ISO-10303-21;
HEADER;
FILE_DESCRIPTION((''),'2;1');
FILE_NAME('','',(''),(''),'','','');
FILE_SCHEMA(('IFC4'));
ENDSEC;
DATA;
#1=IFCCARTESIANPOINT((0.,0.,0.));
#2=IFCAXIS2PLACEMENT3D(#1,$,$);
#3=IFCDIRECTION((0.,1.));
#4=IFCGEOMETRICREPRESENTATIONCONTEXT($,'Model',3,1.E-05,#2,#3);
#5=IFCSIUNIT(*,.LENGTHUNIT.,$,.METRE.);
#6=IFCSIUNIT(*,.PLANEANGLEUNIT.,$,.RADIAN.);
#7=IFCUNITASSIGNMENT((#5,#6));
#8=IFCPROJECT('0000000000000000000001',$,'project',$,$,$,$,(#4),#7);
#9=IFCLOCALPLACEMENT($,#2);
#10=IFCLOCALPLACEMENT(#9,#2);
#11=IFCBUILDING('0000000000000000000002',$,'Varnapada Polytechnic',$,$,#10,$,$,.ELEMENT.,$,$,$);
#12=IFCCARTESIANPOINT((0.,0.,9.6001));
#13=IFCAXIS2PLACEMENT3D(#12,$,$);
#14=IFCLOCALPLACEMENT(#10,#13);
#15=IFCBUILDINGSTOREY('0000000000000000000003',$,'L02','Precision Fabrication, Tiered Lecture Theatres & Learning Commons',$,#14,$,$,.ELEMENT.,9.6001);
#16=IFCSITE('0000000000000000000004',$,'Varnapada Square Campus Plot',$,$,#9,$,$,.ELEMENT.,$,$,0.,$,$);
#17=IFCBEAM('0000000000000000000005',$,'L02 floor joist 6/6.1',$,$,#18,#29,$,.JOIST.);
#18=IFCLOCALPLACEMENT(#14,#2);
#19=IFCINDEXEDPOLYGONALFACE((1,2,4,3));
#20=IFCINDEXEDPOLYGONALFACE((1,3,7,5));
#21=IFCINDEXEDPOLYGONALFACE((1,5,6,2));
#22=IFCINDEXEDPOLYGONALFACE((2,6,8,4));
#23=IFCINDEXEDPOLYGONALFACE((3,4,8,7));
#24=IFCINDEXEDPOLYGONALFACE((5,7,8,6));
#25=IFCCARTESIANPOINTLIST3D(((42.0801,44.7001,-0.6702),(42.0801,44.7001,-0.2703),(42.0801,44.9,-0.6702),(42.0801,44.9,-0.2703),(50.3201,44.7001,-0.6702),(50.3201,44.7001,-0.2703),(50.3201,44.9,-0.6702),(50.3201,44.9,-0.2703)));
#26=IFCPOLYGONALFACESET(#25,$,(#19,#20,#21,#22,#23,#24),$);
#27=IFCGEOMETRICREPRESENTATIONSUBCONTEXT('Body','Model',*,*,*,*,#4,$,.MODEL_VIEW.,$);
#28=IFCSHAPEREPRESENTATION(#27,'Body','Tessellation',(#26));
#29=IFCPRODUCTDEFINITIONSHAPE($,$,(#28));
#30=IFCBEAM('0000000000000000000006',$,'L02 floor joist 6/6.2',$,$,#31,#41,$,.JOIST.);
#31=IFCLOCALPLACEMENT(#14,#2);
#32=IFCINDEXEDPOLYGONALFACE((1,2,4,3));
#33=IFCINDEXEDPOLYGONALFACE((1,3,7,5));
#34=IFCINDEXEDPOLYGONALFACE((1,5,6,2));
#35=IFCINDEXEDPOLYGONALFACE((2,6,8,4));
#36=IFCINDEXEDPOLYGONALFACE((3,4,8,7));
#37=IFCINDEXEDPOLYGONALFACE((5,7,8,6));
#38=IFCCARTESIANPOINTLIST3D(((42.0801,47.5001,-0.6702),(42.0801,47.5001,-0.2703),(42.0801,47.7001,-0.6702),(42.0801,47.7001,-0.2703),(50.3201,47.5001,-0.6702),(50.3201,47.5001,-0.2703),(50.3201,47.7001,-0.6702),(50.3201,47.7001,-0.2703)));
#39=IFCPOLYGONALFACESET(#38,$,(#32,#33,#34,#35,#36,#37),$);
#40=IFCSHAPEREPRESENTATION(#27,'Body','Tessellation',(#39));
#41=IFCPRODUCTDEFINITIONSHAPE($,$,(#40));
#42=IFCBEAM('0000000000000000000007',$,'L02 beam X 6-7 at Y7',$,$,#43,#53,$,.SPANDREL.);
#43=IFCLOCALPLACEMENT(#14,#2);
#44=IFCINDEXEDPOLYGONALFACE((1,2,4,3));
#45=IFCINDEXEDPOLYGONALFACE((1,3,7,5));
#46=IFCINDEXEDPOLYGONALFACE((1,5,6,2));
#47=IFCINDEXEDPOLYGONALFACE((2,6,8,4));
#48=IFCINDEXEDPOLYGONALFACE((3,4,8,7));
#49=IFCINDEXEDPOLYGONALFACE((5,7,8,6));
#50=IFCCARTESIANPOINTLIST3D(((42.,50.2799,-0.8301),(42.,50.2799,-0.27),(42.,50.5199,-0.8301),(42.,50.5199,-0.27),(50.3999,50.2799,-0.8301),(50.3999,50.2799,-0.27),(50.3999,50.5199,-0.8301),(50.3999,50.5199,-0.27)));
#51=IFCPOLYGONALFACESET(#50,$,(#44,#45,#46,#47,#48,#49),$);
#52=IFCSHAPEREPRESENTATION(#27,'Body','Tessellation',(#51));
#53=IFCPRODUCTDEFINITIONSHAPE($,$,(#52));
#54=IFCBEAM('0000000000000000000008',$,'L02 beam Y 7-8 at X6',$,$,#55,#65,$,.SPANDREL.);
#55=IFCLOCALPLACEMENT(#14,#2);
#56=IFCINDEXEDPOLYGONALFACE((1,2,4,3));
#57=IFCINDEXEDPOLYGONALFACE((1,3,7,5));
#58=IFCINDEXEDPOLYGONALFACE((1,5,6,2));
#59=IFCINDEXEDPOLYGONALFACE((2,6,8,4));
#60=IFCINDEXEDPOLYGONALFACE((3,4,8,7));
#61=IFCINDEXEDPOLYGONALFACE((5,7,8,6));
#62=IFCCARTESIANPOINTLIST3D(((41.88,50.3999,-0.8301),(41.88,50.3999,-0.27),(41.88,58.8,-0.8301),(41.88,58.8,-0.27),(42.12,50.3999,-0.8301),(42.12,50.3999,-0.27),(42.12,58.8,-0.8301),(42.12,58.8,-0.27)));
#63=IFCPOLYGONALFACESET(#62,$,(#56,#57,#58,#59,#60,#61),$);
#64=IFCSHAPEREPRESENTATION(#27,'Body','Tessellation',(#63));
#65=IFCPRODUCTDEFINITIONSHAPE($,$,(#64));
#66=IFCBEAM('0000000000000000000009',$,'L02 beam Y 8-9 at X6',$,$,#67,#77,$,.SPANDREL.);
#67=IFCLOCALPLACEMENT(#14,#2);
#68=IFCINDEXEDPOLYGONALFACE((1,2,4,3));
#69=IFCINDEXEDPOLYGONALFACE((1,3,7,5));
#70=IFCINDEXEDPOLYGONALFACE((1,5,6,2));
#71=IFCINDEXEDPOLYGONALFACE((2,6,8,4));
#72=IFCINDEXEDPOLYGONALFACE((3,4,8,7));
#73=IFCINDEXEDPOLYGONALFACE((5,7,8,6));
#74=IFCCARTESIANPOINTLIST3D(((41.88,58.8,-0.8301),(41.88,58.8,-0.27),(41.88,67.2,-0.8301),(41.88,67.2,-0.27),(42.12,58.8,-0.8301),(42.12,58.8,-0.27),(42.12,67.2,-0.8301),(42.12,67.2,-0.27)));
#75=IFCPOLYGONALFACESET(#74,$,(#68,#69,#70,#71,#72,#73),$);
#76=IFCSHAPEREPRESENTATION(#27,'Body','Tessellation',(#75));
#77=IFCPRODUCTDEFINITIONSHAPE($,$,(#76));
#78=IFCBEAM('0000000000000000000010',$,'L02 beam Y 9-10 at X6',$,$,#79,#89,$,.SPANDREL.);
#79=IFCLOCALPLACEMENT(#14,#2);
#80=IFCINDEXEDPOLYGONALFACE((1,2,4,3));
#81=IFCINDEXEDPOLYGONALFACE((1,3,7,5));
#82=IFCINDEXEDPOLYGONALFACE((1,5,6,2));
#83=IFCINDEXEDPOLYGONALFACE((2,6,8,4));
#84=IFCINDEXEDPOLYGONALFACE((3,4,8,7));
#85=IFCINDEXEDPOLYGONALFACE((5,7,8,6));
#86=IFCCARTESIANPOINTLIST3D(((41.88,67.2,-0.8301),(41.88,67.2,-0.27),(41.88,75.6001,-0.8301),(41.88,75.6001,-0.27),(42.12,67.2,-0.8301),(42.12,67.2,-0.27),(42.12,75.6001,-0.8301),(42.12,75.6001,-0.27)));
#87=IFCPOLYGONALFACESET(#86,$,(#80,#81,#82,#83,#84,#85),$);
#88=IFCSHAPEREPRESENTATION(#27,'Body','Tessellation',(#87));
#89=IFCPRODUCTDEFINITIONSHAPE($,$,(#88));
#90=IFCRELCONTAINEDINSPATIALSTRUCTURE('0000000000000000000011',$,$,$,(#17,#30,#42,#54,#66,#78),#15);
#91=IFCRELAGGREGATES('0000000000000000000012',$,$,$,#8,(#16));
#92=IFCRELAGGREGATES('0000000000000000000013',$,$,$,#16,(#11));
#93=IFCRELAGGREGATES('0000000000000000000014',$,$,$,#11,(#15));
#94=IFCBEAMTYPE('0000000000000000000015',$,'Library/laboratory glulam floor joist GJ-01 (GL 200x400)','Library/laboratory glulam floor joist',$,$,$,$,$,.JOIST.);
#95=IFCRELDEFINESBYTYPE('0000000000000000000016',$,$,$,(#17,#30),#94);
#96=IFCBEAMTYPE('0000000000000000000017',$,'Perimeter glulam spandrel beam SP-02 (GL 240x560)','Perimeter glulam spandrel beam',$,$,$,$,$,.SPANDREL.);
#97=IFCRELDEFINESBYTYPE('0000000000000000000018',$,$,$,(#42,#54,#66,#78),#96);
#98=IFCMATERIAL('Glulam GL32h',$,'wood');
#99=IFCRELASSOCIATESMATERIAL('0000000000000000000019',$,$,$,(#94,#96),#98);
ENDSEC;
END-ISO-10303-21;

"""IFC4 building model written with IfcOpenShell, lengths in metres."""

from ifc_helpers import new_model, si_unit, direction, frame, origin, origin_2d, place, context, subcontext, project, spatial, rectangle, extrude, material, material_profile, profile_set, type_object, element, save


model = new_model("IFC4")

# Units and contexts
model_context = context("Model", 3, precision=1e-05, world=origin(), true_north=direction((0.0, 1.0)))
body_context = subcontext(model_context, "Body", "Model", "MODEL_VIEW")
ifc_project = project(units=[si_unit("LENGTHUNIT", "METRE"), si_unit("PLANEANGLEUNIT", "RADIAN")], contexts=[model_context])

# Site, building, storey
site_placement = place(None, origin())
site = spatial("IfcSite", under=ifc_project, at=site_placement, Name="Varnapada Square Campus Plot", CompositionType="ELEMENT", RefElevation=0.0)
building_placement = place(site_placement, origin())
building = spatial("IfcBuilding", under=site, at=building_placement, Name="Varnapada Polytechnic", CompositionType="ELEMENT")
storey_placement = place(building_placement, frame((0.0, 0.0, 9.6001)))
storey = spatial("IfcBuildingStorey", under=building, at=storey_placement, Name="L02", Description="Precision Fabrication, Tiered Lecture Theatres & Learning Commons", CompositionType="ELEMENT", Elevation=9.6001)

# Beams
ifc_material_1 = material(Name="Glulam GL32h", Category="wood")
ifc_material_profile_1 = material_profile(ifc_material_1, rectangle(XDim=0.2, YDim=0.3999, at=origin_2d()), Name="GL 200x400")
ifc_profile_set_1 = profile_set([ifc_material_profile_1], Name="Glulam GL32h")
beam_type_1 = type_object("IfcBeamType", Name="Library/laboratory glulam floor joist GJ-01 (GL 200x400)", Description="Library/laboratory glulam floor joist", PredefinedType="JOIST", material=ifc_profile_set_1)
for number, where, z_axis, x_axis, name in (
    (1, (42.0801, 44.8, -0.4702), (1.0, 0.0, 0.0), (0.0, 1.0, 0.0), "L02 floor joist 6/6.1"),
    (2, (42.0801, 47.6001, -0.4702), (1.0, 0.0, 0.0), (0.0, 1.0, 0.0), "L02 floor joist 6/6.2"),
):
    element("IfcBeam", number, at=place(storey_placement, frame(where, z_axis=z_axis, x_axis=x_axis)), inside=storey, type_object=beam_type_1, Name=name, PredefinedType="JOIST", context=body_context, shape_type="SweptSolid", body=[
        extrude(rectangle(XDim=0.2, YDim=0.3999, at=origin_2d()), origin(), (0.0, 0.0, 1.0), 8.24),
    ])
ifc_material_profile_2 = material_profile(ifc_material_1, rectangle(XDim=0.24, YDim=0.5601, at=origin_2d()), Name="GL 240x560")
ifc_profile_set_2 = profile_set([ifc_material_profile_2], Name="Glulam GL32h")
beam_type_2 = type_object("IfcBeamType", Name="Perimeter glulam spandrel beam SP-02 (GL 240x560)", Description="Perimeter glulam spandrel beam", PredefinedType="SPANDREL", material=ifc_profile_set_2)
beam_1_placement = place(storey_placement, frame((42.0, 50.3999, -0.55), z_axis=(1.0, 0.0, 0.0), x_axis=(0.0, 1.0, 0.0)))
element("IfcBeam", 3, at=beam_1_placement, inside=storey, type_object=beam_type_2, Name="L02 beam X 6-7 at Y7", PredefinedType="SPANDREL", context=body_context, shape_type="SweptSolid", body=[
    extrude(rectangle(XDim=0.24, YDim=0.5601, at=origin_2d()), origin(), (0.0, 0.0, 1.0), 8.3999),
])
beam_2_placement = place(storey_placement, frame((42.0, 50.3999, -0.55), z_axis=(0.0, 1.0, 0.0), x_axis=(-1.0, 0.0, 0.0)))
element("IfcBeam", 4, at=beam_2_placement, inside=storey, type_object=beam_type_2, Name="L02 beam Y 7-8 at X6", PredefinedType="SPANDREL", context=body_context, shape_type="SweptSolid", body=[
    extrude(rectangle(XDim=0.24, YDim=0.5601, at=origin_2d()), origin(), (0.0, 0.0, 1.0), 8.4001),
])
beam_3_placement = place(storey_placement, frame((42.0, 58.8, -0.55), z_axis=(0.0, 1.0, 0.0), x_axis=(-1.0, 0.0, 0.0)))
element("IfcBeam", 5, at=beam_3_placement, inside=storey, type_object=beam_type_2, Name="L02 beam Y 8-9 at X6", PredefinedType="SPANDREL", context=body_context, shape_type="SweptSolid", body=[
    extrude(rectangle(XDim=0.24, YDim=0.5601, at=origin_2d()), origin(), (0.0, 0.0, 1.0), 8.3999),
])
beam_4_placement = place(storey_placement, frame((42.0, 67.2, -0.55), z_axis=(0.0, 1.0, 0.0), x_axis=(-1.0, 0.0, 0.0)))
element("IfcBeam", 6, at=beam_4_placement, inside=storey, type_object=beam_type_2, Name="L02 beam Y 9-10 at X6", PredefinedType="SPANDREL", context=body_context, shape_type="SweptSolid", body=[
    extrude(rectangle(XDim=0.24, YDim=0.5601, at=origin_2d()), origin(), (0.0, 0.0, 1.0), 8.4001),
])

save(model, "model.ifc")
